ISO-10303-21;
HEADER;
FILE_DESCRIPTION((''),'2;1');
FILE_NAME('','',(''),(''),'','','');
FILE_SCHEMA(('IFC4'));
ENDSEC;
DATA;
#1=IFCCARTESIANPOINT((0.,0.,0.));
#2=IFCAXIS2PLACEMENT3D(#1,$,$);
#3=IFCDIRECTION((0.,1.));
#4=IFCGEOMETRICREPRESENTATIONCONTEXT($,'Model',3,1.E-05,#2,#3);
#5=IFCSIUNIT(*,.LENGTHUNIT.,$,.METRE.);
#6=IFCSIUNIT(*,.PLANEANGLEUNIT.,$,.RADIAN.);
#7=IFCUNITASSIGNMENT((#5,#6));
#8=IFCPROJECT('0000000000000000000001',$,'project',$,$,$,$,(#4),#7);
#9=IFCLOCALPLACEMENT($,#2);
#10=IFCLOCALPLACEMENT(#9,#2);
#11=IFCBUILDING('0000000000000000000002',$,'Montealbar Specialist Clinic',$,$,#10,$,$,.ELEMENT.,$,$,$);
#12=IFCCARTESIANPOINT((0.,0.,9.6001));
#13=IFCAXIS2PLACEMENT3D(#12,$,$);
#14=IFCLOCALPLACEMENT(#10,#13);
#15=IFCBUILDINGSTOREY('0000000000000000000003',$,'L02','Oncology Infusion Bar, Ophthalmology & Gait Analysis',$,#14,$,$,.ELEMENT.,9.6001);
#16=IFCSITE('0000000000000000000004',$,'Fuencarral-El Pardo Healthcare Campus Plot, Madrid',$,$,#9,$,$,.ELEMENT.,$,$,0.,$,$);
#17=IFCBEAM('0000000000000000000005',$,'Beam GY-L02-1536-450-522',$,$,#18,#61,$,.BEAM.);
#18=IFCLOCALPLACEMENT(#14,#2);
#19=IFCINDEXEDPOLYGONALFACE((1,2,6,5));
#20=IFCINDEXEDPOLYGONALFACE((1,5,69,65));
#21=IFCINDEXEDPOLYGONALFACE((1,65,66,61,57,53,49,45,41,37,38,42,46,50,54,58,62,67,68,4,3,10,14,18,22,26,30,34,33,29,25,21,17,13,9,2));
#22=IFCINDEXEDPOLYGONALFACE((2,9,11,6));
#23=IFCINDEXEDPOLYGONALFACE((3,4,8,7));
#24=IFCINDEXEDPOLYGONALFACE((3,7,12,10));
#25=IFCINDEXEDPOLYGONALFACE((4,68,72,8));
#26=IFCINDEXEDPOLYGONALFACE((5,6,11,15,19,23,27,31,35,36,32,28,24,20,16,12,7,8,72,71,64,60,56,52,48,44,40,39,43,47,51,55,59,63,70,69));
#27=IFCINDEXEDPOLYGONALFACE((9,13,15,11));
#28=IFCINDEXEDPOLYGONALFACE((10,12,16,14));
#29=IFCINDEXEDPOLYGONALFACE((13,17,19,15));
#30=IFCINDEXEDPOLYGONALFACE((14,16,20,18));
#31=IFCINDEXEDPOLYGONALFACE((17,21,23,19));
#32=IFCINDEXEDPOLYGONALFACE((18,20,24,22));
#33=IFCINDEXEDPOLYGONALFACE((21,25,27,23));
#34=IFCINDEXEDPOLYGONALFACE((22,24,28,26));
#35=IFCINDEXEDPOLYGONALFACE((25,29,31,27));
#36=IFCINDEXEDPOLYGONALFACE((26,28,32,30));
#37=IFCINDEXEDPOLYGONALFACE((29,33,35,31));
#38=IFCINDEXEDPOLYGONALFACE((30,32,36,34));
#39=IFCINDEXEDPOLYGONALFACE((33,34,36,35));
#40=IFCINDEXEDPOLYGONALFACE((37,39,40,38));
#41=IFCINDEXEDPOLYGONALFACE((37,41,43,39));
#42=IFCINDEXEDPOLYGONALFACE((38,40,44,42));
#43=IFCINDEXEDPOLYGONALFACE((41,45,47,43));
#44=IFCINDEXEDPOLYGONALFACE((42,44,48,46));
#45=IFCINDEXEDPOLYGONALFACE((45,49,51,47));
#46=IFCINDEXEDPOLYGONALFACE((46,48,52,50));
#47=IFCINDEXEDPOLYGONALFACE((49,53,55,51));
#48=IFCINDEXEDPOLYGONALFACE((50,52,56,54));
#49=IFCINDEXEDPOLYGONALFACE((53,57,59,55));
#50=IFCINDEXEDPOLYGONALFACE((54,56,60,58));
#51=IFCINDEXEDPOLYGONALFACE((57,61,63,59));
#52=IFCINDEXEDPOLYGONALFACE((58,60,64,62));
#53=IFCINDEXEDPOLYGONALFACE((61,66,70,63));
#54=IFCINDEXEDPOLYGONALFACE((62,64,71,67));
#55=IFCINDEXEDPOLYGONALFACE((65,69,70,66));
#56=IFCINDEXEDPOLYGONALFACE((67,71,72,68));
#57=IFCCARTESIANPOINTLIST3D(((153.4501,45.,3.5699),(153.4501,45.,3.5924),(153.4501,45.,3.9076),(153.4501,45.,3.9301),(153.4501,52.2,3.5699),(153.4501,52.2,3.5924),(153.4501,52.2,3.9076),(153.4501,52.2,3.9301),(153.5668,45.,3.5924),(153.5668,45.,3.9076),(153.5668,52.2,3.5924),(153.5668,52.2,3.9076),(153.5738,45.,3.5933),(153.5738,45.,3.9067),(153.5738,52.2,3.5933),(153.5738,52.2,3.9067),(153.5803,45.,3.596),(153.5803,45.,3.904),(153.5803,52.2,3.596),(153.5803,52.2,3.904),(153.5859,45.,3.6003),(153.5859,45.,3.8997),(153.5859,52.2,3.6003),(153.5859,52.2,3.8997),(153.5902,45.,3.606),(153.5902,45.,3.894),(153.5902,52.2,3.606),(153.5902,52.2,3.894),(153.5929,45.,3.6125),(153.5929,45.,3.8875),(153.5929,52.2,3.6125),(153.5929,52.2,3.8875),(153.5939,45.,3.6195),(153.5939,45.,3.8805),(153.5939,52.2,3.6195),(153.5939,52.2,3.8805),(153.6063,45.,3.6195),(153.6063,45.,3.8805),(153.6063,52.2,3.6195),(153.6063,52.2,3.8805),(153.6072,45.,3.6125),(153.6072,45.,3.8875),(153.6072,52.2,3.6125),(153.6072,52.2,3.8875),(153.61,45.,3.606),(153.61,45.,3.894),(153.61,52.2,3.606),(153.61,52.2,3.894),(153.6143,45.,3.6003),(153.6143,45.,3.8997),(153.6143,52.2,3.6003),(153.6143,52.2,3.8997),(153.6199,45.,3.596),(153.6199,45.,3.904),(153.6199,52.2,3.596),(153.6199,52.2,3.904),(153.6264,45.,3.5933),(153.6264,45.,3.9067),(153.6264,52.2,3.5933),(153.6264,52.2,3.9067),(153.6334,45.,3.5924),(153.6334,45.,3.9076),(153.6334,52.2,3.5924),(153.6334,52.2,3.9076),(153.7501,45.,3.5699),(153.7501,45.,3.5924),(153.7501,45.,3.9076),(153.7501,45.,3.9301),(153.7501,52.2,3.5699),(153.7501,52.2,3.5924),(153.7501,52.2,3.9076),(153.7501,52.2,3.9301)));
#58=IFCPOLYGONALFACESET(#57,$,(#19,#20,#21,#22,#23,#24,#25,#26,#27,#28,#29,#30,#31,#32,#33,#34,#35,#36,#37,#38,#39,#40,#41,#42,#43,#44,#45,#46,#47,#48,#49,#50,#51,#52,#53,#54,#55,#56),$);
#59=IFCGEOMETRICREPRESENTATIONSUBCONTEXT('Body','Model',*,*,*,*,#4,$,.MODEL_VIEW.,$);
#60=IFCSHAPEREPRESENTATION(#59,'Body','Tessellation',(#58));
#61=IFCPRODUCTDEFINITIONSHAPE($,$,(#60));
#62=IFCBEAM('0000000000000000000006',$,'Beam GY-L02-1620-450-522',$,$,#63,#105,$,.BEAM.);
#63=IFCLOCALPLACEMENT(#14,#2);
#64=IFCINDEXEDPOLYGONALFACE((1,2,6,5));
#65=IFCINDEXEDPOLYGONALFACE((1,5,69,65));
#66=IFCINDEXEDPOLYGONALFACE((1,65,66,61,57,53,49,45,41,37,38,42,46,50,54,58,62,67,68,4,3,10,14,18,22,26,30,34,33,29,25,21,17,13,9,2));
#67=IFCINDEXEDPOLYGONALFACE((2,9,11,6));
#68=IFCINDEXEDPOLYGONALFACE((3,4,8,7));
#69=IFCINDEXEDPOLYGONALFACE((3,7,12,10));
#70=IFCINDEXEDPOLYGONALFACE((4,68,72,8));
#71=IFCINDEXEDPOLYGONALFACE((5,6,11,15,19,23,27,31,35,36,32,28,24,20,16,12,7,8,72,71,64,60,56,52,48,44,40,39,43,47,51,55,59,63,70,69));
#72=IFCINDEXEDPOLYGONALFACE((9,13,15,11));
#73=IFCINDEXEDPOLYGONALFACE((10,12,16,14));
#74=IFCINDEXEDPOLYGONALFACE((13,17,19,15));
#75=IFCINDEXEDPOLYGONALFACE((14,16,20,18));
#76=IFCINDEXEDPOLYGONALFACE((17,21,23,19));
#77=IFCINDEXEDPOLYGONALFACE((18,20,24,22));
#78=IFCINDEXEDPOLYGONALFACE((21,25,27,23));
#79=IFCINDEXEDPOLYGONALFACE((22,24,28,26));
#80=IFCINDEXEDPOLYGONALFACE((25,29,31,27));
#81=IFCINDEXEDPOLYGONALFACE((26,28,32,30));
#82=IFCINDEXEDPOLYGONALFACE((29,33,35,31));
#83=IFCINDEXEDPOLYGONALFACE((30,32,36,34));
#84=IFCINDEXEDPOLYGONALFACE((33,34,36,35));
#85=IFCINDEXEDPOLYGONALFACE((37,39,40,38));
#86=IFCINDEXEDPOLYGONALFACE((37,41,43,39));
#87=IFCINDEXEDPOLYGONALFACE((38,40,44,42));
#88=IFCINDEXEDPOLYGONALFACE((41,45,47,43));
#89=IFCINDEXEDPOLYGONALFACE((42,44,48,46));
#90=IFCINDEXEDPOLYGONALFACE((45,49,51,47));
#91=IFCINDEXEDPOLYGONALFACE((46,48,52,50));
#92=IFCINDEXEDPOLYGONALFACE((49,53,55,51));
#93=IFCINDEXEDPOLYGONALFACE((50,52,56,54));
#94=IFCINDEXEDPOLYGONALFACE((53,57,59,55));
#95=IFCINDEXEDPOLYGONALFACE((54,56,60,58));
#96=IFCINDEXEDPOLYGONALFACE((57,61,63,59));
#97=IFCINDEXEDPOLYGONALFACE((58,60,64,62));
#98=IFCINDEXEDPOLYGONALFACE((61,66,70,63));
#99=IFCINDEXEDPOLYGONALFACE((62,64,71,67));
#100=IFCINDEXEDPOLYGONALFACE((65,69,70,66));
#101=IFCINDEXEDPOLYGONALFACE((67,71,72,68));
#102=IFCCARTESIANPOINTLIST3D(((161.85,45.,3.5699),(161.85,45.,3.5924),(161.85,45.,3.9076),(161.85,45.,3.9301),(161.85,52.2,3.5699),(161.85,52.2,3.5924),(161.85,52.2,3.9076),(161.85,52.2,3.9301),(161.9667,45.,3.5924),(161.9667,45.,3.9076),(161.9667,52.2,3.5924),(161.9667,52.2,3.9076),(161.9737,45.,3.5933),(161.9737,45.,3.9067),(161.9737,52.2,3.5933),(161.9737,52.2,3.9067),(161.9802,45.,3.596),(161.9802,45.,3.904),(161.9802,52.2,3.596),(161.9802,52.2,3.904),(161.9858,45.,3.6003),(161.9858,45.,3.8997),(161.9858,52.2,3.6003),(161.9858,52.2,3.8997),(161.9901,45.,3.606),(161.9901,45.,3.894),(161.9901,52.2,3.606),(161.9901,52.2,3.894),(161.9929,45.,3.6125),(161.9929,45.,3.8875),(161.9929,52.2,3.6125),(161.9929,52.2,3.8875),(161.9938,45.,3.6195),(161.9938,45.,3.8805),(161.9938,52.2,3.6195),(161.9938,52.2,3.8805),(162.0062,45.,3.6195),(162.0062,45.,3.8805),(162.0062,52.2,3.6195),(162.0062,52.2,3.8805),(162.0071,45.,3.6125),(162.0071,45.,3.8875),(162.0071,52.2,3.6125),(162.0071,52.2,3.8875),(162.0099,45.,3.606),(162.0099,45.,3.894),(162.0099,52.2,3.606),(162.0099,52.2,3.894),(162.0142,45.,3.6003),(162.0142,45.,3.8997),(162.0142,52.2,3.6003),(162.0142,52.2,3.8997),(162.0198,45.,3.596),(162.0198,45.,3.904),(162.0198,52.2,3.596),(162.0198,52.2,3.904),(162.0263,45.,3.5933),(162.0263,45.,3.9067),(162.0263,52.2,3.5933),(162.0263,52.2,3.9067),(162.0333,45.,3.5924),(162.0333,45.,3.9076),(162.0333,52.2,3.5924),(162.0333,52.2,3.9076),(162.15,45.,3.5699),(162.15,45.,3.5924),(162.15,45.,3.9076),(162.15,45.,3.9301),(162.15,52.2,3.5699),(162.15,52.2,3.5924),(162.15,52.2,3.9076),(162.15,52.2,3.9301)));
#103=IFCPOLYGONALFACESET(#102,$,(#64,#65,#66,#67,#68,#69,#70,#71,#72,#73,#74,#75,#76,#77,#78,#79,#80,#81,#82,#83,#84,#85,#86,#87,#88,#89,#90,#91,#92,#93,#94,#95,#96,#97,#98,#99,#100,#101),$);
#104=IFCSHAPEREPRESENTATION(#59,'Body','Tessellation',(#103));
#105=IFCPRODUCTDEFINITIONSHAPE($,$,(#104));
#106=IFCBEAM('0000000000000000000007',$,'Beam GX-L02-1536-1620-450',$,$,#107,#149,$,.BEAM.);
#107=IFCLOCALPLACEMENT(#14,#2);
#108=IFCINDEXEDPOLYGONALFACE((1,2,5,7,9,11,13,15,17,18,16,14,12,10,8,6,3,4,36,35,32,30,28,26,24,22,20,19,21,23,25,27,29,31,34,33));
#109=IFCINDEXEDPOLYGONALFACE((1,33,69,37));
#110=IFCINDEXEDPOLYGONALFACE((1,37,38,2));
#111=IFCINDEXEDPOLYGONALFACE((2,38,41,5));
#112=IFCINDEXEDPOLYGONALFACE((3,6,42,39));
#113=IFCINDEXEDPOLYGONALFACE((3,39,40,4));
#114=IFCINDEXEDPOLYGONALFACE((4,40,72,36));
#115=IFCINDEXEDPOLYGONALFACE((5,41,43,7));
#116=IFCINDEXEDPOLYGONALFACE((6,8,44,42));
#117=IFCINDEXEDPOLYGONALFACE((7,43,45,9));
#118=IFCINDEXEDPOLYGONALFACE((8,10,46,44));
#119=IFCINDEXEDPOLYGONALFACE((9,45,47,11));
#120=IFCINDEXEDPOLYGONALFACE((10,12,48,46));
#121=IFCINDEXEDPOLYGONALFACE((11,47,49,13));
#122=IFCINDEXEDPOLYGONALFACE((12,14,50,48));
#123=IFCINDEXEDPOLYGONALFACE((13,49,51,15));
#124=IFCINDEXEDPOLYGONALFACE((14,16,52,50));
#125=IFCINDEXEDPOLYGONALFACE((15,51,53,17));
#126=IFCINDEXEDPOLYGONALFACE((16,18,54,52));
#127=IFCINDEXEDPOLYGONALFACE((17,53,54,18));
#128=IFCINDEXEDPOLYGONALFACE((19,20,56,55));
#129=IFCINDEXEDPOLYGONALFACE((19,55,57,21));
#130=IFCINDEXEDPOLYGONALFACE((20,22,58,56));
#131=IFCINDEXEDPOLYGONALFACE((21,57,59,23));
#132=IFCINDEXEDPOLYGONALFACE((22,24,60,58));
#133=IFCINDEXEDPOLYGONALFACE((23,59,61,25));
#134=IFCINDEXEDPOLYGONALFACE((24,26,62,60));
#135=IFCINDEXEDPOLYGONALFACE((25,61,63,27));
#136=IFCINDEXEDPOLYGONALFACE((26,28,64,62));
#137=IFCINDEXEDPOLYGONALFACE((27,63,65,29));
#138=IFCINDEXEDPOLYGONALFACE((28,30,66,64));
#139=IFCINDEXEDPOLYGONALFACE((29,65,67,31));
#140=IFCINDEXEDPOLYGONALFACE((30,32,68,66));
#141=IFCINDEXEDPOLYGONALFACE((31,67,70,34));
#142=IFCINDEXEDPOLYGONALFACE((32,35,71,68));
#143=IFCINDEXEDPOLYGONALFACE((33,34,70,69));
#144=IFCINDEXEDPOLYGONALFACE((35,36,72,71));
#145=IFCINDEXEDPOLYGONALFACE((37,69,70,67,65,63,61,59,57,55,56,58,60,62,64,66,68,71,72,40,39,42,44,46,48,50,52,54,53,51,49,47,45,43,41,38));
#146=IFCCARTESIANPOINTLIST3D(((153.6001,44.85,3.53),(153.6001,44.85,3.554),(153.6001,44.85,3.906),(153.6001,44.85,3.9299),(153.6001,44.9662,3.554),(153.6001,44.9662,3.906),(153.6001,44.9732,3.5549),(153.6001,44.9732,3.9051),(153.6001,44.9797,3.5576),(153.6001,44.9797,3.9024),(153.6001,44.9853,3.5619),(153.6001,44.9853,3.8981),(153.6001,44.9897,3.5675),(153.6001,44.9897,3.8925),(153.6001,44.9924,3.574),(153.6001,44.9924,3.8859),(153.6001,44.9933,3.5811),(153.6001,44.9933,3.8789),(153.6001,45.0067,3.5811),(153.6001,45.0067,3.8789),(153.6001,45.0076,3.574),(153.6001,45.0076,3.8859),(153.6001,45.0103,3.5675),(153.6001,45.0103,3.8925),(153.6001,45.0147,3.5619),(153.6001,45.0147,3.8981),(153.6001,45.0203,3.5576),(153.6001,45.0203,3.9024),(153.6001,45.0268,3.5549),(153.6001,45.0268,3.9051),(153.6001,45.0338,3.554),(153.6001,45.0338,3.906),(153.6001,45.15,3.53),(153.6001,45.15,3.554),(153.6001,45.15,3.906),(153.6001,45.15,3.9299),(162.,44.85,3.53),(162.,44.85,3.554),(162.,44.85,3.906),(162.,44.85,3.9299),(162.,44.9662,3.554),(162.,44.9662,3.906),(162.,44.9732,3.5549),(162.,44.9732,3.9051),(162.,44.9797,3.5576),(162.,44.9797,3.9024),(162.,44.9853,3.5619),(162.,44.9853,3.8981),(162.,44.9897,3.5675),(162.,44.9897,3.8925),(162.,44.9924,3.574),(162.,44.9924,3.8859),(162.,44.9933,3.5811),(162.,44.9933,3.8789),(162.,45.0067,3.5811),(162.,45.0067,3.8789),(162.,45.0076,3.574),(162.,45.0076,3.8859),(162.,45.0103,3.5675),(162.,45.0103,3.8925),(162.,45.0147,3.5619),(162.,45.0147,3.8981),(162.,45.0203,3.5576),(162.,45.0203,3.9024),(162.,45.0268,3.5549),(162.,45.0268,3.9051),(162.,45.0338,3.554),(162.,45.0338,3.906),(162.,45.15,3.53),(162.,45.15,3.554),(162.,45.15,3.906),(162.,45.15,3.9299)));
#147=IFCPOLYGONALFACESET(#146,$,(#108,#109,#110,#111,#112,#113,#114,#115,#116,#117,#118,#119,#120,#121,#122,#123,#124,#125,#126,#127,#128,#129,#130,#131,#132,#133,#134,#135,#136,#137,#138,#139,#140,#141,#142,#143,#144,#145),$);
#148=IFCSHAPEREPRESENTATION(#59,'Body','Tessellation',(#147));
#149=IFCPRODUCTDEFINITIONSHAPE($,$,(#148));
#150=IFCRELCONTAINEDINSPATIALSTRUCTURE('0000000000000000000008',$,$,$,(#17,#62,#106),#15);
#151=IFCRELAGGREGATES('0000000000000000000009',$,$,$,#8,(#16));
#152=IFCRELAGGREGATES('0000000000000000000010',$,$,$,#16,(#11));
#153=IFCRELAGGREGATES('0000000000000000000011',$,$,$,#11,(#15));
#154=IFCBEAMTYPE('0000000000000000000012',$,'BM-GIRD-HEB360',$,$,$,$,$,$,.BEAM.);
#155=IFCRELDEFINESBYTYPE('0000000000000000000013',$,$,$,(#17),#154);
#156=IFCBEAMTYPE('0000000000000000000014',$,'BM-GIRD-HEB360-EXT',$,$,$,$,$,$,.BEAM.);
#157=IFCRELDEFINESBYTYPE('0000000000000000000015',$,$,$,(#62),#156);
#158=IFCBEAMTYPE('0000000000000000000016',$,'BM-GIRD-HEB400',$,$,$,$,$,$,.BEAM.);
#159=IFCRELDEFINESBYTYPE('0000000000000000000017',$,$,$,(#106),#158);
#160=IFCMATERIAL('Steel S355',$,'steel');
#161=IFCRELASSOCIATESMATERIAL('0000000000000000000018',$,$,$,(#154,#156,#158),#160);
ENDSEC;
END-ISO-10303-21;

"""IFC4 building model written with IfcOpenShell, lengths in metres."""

from ifc_helpers import new_model, si_unit, direction, frame, origin, origin_2d, place, context, subcontext, project, spatial, i_section, extrude, material, material_profile, profile_set, type_object, element, save


model = new_model("IFC4")

# Units and contexts
model_context = context("Model", 3, precision=1e-05, world=origin(), true_north=direction((0.0, 1.0)))
body_context = subcontext(model_context, "Body", "Model", "MODEL_VIEW")
ifc_project = project(units=[si_unit("LENGTHUNIT", "METRE"), si_unit("PLANEANGLEUNIT", "RADIAN")], contexts=[model_context])

# Site, building, storey
site_placement = place(None, origin())
site = spatial("IfcSite", under=ifc_project, at=site_placement, Name="Fuencarral-El Pardo Healthcare Campus Plot, Madrid", CompositionType="ELEMENT", RefElevation=0.0)
building_placement = place(site_placement, origin())
building = spatial("IfcBuilding", under=site, at=building_placement, Name="Montealbar Specialist Clinic", CompositionType="ELEMENT")
storey_placement = place(building_placement, frame((0.0, 0.0, 9.6001)))
storey = spatial("IfcBuildingStorey", under=building, at=storey_placement, Name="L02", Description="Oncology Infusion Bar, Ophthalmology & Gait Analysis", CompositionType="ELEMENT", Elevation=9.6001)

# Shared definitions
ifc_material_1 = material(Name="Steel S355", Category="steel")

# Beams
ifc_material_profile_1 = material_profile(ifc_material_1, i_section(OverallWidth=0.3, OverallDepth=0.3601, WebThickness=0.0125, FlangeThickness=0.0225, FilletRadius=0.0271, at=origin_2d()), Name="HEB 360", Category="steel")
ifc_profile_set_1 = profile_set([ifc_material_profile_1], Name="Steel S355")
beam_type_1 = type_object("IfcBeamType", Name="BM-GIRD-HEB360", PredefinedType="BEAM", material=ifc_profile_set_1)
beam_1_placement = place(storey_placement, frame((153.6001, 45.0, 3.75), z_axis=(0.0, 1.0, 0.0), x_axis=(-1.0, 0.0, 0.0)))
element("IfcBeam", 1, at=beam_1_placement, inside=storey, type_object=beam_type_1, Name="Beam GY-L02-1536-450-522", PredefinedType="BEAM", context=body_context, shape_type="SweptSolid", body=[
    extrude(i_section(OverallWidth=0.3, OverallDepth=0.3601, WebThickness=0.0125, FlangeThickness=0.0225, FilletRadius=0.0271, at=origin_2d()), origin(), (0.0, 0.0, 1.0), 7.2),
])
ifc_material_profile_2 = material_profile(ifc_material_1, i_section(OverallWidth=0.3, OverallDepth=0.3601, WebThickness=0.0125, FlangeThickness=0.0225, FilletRadius=0.0271, at=origin_2d()), Name="HEB 360", Category="steel")
ifc_profile_set_2 = profile_set([ifc_material_profile_2], Name="Steel S355")
beam_type_2 = type_object("IfcBeamType", Name="BM-GIRD-HEB360-EXT", PredefinedType="BEAM", material=ifc_profile_set_2)
beam_2_placement = place(storey_placement, frame((162.0, 45.0, 3.75), z_axis=(0.0, 1.0, 0.0), x_axis=(-1.0, 0.0, 0.0)))
element("IfcBeam", 2, at=beam_2_placement, inside=storey, type_object=beam_type_2, Name="Beam GY-L02-1620-450-522", PredefinedType="BEAM", context=body_context, shape_type="SweptSolid", body=[
    extrude(i_section(OverallWidth=0.3, OverallDepth=0.3601, WebThickness=0.0125, FlangeThickness=0.0225, FilletRadius=0.0271, at=origin_2d()), origin(), (0.0, 0.0, 1.0), 7.2),
])
ifc_material_profile_3 = material_profile(ifc_material_1, i_section(OverallWidth=0.3, OverallDepth=0.3999, WebThickness=0.0134, FlangeThickness=0.0239, FilletRadius=0.0271, at=origin_2d()), Name="HEB 400", Category="steel")
ifc_profile_set_3 = profile_set([ifc_material_profile_3], Name="Steel S355")
beam_type_3 = type_object("IfcBeamType", Name="BM-GIRD-HEB400", PredefinedType="BEAM", material=ifc_profile_set_3)
beam_3_placement = place(storey_placement, frame((153.6001, 45.0, 3.73), z_axis=(1.0, 0.0, 0.0), x_axis=(0.0, 1.0, 0.0)))
element("IfcBeam", 3, at=beam_3_placement, inside=storey, type_object=beam_type_3, Name="Beam GX-L02-1536-1620-450", PredefinedType="BEAM", context=body_context, shape_type="SweptSolid", body=[
    extrude(i_section(OverallWidth=0.3, OverallDepth=0.3999, WebThickness=0.0134, FlangeThickness=0.0239, FilletRadius=0.0271, at=origin_2d()), origin(), (0.0, 0.0, 1.0), 8.3999),
])

save(model, "model.ifc")
